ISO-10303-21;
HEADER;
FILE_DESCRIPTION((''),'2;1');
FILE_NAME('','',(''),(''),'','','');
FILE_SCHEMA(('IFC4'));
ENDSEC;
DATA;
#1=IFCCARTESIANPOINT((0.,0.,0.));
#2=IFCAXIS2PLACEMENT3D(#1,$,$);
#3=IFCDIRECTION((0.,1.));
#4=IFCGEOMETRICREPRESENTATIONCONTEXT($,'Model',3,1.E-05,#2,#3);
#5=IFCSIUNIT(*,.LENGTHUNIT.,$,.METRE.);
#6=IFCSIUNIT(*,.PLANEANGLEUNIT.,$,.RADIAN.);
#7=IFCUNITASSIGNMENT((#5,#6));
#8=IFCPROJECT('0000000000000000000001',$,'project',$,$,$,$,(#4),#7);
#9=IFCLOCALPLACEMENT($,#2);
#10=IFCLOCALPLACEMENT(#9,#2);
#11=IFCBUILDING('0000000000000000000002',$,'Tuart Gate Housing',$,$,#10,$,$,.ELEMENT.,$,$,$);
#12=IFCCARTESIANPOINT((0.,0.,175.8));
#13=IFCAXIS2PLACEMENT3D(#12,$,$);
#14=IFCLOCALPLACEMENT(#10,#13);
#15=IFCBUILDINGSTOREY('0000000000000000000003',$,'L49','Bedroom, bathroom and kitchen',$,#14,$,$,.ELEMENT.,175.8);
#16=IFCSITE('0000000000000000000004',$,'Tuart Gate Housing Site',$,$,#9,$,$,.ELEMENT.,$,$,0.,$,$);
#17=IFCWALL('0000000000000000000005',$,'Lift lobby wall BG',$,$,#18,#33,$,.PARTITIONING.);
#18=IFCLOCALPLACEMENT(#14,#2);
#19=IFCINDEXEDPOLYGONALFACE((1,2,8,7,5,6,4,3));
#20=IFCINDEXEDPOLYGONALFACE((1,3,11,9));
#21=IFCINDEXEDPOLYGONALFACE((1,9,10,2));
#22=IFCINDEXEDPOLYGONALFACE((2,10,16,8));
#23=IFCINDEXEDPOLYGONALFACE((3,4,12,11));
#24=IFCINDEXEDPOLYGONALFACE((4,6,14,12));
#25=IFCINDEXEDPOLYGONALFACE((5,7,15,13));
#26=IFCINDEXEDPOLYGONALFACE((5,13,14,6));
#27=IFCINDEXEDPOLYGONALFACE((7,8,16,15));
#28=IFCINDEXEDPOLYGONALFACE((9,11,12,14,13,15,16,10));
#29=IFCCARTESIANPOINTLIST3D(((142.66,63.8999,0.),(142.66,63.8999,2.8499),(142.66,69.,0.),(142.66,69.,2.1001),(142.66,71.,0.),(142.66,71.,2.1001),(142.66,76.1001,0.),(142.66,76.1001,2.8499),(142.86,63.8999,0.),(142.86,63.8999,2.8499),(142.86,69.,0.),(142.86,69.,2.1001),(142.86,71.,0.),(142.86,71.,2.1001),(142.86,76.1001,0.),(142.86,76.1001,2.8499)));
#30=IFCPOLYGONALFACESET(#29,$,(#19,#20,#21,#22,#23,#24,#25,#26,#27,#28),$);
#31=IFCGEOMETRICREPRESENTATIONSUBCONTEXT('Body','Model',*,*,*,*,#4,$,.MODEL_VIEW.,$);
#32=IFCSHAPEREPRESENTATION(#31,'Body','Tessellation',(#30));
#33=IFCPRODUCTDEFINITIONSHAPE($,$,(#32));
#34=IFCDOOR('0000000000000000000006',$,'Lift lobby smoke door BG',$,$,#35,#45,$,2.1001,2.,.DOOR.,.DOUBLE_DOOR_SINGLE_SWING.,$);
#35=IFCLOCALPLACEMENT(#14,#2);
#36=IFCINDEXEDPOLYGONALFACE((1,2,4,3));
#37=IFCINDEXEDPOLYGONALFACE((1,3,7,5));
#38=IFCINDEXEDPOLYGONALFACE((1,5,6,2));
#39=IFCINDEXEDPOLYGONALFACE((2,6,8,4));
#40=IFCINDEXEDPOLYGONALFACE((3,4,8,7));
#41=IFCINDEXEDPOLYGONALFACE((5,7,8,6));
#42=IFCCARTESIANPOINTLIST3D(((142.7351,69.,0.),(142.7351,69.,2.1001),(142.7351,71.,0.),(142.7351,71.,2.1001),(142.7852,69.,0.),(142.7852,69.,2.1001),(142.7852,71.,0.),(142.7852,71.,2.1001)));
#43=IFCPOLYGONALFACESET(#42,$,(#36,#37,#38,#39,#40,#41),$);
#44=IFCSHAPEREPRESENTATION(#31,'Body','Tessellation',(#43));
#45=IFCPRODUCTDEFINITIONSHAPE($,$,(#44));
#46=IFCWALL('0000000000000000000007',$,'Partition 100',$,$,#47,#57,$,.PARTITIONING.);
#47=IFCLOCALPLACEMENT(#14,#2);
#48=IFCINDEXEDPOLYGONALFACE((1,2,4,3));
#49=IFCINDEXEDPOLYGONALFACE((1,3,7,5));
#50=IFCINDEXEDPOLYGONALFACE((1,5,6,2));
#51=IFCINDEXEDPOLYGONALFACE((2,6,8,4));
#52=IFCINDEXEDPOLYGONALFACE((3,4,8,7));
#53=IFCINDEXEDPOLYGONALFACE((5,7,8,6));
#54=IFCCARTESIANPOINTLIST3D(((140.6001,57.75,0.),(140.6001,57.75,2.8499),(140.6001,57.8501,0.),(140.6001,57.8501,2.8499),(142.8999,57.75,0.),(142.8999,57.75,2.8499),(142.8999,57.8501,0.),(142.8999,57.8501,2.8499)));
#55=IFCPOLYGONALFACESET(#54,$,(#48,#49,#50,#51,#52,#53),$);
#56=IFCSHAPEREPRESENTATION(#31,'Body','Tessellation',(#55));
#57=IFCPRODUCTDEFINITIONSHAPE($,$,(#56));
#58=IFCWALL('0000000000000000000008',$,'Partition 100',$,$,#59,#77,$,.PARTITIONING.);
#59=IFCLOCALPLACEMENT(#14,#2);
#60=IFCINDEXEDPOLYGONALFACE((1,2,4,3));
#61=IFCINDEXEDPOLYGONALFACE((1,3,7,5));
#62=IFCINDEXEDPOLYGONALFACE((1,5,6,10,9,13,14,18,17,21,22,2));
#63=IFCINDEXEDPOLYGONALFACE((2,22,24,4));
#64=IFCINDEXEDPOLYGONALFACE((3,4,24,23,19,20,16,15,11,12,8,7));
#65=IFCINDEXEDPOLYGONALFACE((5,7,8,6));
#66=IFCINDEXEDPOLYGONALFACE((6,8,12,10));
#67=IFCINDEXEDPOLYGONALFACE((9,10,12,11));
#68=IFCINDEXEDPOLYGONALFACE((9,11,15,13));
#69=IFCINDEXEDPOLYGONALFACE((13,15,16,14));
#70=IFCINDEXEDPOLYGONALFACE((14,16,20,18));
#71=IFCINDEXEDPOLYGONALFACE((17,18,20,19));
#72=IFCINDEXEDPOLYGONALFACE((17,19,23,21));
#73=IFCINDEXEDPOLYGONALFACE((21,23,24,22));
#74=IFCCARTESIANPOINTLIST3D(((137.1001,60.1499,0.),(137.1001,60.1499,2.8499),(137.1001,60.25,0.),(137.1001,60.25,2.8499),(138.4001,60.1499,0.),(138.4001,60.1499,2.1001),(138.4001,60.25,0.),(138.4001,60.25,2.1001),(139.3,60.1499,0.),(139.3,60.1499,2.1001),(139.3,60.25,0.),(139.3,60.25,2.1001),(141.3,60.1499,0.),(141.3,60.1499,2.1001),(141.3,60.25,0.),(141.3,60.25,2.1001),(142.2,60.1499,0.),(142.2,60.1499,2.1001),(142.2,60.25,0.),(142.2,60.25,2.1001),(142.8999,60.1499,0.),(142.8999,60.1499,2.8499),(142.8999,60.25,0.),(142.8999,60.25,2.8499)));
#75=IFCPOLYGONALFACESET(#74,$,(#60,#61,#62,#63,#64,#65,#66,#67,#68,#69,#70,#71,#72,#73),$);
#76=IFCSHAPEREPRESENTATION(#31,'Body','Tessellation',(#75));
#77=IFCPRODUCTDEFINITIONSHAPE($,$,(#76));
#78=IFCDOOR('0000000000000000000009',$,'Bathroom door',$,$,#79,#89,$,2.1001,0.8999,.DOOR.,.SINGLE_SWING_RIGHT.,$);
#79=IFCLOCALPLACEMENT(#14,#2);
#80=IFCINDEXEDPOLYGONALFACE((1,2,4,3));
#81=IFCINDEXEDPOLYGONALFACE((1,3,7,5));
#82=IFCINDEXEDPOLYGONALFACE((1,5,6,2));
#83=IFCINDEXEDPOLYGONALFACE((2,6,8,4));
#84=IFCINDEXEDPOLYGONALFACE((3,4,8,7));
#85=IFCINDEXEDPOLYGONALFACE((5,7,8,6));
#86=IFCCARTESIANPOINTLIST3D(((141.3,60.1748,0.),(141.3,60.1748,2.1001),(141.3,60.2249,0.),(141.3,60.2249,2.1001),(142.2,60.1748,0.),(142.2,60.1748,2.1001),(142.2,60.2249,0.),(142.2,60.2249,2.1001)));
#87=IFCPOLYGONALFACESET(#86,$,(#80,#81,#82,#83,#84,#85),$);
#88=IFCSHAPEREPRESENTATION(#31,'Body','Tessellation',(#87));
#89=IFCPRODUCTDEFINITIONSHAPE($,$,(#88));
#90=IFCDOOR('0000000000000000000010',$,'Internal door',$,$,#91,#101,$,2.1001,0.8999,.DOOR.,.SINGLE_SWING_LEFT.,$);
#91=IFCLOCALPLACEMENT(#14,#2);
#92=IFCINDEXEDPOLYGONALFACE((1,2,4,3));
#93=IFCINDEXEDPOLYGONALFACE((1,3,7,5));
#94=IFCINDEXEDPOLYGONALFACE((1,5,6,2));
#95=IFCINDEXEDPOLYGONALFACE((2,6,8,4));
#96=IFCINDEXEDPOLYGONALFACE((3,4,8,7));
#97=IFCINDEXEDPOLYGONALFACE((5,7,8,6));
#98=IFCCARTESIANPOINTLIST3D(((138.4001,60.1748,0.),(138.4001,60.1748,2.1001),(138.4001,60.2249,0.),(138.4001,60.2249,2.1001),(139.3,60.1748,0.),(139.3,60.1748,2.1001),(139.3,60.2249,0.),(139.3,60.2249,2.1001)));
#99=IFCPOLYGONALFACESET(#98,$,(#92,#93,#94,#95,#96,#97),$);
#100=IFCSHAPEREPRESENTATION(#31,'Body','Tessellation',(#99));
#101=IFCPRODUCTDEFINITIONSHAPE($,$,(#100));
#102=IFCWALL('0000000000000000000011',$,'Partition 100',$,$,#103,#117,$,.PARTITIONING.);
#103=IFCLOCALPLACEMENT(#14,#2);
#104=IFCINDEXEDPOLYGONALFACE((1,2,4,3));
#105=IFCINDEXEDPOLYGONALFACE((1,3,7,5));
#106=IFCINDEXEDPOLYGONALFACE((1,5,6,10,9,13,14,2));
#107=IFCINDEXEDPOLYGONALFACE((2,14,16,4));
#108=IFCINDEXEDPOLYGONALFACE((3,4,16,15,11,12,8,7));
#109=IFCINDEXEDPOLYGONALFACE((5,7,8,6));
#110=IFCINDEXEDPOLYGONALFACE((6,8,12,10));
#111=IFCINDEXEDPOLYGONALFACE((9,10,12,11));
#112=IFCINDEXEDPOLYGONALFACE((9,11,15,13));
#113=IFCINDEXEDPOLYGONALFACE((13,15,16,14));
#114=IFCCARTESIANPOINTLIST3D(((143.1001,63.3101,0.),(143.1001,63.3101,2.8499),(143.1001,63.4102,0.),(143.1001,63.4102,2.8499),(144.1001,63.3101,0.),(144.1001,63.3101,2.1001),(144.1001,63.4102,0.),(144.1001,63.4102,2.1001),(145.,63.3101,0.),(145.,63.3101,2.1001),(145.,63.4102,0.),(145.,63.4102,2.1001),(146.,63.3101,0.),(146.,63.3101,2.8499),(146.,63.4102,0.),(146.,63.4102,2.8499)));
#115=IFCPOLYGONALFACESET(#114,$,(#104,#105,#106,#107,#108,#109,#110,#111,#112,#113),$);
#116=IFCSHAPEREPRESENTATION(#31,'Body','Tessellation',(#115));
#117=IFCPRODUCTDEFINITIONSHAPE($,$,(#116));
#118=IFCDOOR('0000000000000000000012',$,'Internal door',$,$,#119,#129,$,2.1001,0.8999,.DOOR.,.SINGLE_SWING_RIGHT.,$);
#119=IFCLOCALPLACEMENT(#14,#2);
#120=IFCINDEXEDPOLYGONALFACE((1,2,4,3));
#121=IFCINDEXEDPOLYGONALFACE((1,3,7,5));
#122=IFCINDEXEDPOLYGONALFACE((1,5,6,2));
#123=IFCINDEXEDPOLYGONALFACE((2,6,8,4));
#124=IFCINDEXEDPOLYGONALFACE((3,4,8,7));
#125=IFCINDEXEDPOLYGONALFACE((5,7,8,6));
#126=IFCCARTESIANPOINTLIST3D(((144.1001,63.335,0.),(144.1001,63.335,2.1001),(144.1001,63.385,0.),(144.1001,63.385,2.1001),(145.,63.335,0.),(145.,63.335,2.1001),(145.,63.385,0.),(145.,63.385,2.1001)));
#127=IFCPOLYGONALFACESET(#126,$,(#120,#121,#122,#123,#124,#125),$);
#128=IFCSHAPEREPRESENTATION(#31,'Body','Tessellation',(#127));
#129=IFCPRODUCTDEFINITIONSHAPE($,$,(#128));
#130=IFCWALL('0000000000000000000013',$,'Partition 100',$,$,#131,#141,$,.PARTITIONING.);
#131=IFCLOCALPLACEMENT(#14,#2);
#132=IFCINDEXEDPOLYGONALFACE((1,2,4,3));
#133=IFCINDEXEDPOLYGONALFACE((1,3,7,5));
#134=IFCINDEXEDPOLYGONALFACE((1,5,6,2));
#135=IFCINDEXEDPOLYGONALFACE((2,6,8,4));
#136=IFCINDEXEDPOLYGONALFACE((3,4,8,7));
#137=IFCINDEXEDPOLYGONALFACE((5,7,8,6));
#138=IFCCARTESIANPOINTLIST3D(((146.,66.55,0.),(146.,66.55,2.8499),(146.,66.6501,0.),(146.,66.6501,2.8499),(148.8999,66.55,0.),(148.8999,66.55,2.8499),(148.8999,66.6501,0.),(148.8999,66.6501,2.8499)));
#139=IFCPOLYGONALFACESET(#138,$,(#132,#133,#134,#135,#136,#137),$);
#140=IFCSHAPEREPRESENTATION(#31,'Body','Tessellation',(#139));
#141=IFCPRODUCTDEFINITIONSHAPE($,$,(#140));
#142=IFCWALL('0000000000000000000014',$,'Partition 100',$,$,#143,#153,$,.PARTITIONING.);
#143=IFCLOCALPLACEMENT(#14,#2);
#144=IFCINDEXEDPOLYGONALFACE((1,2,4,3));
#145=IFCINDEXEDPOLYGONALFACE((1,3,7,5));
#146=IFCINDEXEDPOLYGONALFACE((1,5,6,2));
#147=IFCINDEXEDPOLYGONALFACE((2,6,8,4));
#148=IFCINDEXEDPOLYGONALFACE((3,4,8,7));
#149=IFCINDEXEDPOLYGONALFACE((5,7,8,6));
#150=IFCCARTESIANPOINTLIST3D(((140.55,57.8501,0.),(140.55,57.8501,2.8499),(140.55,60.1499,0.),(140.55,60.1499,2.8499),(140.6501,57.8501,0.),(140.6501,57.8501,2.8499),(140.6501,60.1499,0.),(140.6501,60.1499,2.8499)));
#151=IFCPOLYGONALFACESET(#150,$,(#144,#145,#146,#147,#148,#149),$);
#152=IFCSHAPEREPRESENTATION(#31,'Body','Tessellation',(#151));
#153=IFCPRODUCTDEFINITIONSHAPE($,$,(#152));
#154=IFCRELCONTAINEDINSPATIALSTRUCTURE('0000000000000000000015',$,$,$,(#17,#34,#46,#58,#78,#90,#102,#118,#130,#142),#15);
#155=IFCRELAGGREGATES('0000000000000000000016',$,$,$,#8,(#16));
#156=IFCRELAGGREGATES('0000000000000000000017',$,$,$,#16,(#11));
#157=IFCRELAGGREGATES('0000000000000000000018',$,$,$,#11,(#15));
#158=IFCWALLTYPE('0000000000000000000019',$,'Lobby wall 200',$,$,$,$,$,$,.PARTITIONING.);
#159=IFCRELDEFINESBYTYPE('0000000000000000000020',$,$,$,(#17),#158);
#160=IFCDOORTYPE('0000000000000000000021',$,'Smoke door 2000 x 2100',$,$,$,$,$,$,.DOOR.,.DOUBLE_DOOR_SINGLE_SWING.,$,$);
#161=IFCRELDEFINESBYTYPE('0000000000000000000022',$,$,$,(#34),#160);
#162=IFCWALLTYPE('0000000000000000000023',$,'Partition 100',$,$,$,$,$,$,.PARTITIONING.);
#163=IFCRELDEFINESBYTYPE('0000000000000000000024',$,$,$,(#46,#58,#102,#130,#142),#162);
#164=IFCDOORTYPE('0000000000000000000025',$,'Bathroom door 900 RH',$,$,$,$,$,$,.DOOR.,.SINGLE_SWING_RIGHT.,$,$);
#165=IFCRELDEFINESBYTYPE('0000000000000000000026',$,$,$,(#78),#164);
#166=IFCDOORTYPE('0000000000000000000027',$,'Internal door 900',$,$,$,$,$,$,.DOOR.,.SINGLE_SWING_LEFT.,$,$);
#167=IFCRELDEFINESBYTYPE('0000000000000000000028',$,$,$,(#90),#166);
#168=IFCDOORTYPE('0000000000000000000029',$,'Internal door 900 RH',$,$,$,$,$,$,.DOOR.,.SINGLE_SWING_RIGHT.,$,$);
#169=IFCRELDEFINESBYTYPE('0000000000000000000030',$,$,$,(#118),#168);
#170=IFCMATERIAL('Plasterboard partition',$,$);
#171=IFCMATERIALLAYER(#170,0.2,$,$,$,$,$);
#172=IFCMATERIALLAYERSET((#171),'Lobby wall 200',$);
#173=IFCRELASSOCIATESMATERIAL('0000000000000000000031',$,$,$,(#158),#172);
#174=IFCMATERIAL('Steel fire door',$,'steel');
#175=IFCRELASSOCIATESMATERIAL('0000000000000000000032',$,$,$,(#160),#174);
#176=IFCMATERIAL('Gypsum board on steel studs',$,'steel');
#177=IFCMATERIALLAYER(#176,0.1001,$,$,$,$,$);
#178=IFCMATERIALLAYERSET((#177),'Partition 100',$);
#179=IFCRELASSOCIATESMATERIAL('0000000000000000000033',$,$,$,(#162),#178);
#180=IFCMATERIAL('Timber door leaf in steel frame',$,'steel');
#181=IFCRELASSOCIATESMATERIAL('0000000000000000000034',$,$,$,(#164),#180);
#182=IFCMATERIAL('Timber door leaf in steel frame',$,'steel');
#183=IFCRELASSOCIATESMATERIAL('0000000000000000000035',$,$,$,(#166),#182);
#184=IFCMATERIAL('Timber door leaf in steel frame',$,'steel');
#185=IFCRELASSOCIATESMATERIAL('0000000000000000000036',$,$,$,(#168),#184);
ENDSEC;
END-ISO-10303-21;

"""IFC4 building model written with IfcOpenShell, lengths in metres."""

from ifc_helpers import new_model, si_unit, direction, frame, frame_2d, origin, place, context, subcontext, project, spatial, rectangle, extrude, material, layer, layer_set, type_object, element, fill, save


model = new_model("IFC4")

# Units and contexts
model_context = context("Model", 3, precision=1e-05, world=origin(), true_north=direction((0.0, 1.0)))
body_context = subcontext(model_context, "Body", "Model", "MODEL_VIEW")
ifc_project = project(units=[si_unit("LENGTHUNIT", "METRE"), si_unit("PLANEANGLEUNIT", "RADIAN")], contexts=[model_context])

# Site, building, storey
site_placement = place(None, origin())
site = spatial("IfcSite", under=ifc_project, at=site_placement, Name="Tuart Gate Housing Site", CompositionType="ELEMENT", RefElevation=0.0)
building_placement = place(site_placement, origin())
building = spatial("IfcBuilding", under=site, at=building_placement, Name="Tuart Gate Housing", CompositionType="ELEMENT")
storey_placement = place(building_placement, frame((0.0, 0.0, 175.8)))
storey = spatial("IfcBuildingStorey", under=building, at=storey_placement, Name="L49", Description="Bedroom, bathroom and kitchen", CompositionType="ELEMENT", Elevation=175.8)

# Wall, opening, door
ifc_material_1 = material(Name="Plasterboard partition")
ifc_layer_1 = layer(ifc_material_1, 0.2)
ifc_layer_set_1 = layer_set([ifc_layer_1], Name="Lobby wall 200")
wall_type_1 = type_object("IfcWallType", Name="Lobby wall 200", PredefinedType="PARTITIONING", material=ifc_layer_set_1)
wall_1_placement = place(storey_placement, frame((142.76, 63.8999, 0.0), z_axis=(0.0, 0.0, 1.0), x_axis=(0.0, 1.0, 0.0)))
wall_1 = element("IfcWall", 1, at=wall_1_placement, inside=storey, type_object=wall_type_1, Name="Lift lobby wall BG", PredefinedType="PARTITIONING", context=body_context, shape_type="SweptSolid", body=[
    extrude(rectangle(XDim=12.2002, YDim=0.2, at=frame_2d((6.1001, 0.0))), origin(), (0.0, 0.0, 1.0), 2.8499),
])
opening_1_placement = place(wall_1_placement, frame((5.1001, 0.0, 0.0)))
opening_1 = element("IfcOpeningElement", 2, at=opening_1_placement, cuts=wall_1, PredefinedType="OPENING", context=body_context, shape_type="SweptSolid", body=[
    extrude(rectangle(XDim=2.0, YDim=2.1001, at=frame_2d((1.0, 1.05))), frame((0.0, 0.1099, 0.0), z_axis=(0.0, -1.0, 0.0), x_axis=(1.0, 0.0, 0.0)), (0.0, 0.0, 1.0), 0.22),
])
ifc_material_2 = material(Name="Steel fire door", Category="steel")
door_type_1 = type_object("IfcDoorType", Name="Smoke door 2000 x 2100", OperationType="DOUBLE_DOOR_SINGLE_SWING", PredefinedType="DOOR", material=ifc_material_2)
door_1_placement = place(opening_1_placement, origin())
door_1 = element("IfcDoor", 3, at=door_1_placement, inside=storey, type_object=door_type_1, Name="Lift lobby smoke door BG", OperationType="DOUBLE_DOOR_SINGLE_SWING", OverallHeight=2.1001, OverallWidth=2.0, PredefinedType="DOOR", context=body_context, shape_type="SweptSolid", body=[
    extrude(rectangle(XDim=2.0, YDim=2.1001, at=frame_2d((1.0, 1.05))), frame((0.0, 0.0249, 0.0), z_axis=(0.0, -1.0, 0.0), x_axis=(1.0, 0.0, 0.0)), (0.0, 0.0, 1.0), 0.05),
])
fill(opening_1, door_1)

# Wall
ifc_material_3 = material(Name="Gypsum board on steel studs", Category="steel")
ifc_layer_2 = layer(ifc_material_3, 0.1001)
ifc_layer_set_2 = layer_set([ifc_layer_2], Name="Partition 100")
wall_type_2 = type_object("IfcWallType", Name="Partition 100", PredefinedType="PARTITIONING", material=ifc_layer_set_2)
wall_2_placement = place(storey_placement, frame((140.6001, 57.8, 0.0), z_axis=(0.0, 0.0, 1.0), x_axis=(1.0, 0.0, 0.0)))
element("IfcWall", 4, at=wall_2_placement, inside=storey, type_object=wall_type_2, Name="Partition 100", PredefinedType="PARTITIONING", context=body_context, shape_type="SweptSolid", body=[
    extrude(rectangle(XDim=2.2998, YDim=0.1001, at=frame_2d((1.1499, 0.0))), origin(), (0.0, 0.0, 1.0), 2.8499),
])

# Wall, openings, doors
wall_3_placement = place(storey_placement, frame((137.1001, 60.2, 0.0), z_axis=(0.0, 0.0, 1.0), x_axis=(1.0, 0.0, 0.0)))
wall_3 = element("IfcWall", 5, at=wall_3_placement, inside=storey, type_object=wall_type_2, Name="Partition 100", PredefinedType="PARTITIONING", context=body_context, shape_type="SweptSolid", body=[
    extrude(rectangle(XDim=5.7998, YDim=0.1001, at=frame_2d((2.8999, 0.0))), origin(), (0.0, 0.0, 1.0), 2.8499),
])
opening_2_placement = place(wall_3_placement, frame((1.3, 0.0, 0.0)))
opening_2 = element("IfcOpeningElement", 6, at=opening_2_placement, cuts=wall_3, PredefinedType="OPENING", context=body_context, shape_type="SweptSolid", body=[
    extrude(rectangle(XDim=0.8999, YDim=2.1001, at=frame_2d((0.45, 1.05))), frame((0.0, 0.0601, 0.0), z_axis=(0.0, -1.0, 0.0), x_axis=(1.0, 0.0, 0.0)), (0.0, 0.0, 1.0), 0.1201),
])
opening_3_placement = place(wall_3_placement, frame((4.2, 0.0, 0.0)))
opening_3 = element("IfcOpeningElement", 7, at=opening_3_placement, cuts=wall_3, PredefinedType="OPENING", context=body_context, shape_type="SweptSolid", body=[
    extrude(rectangle(XDim=0.8999, YDim=2.1001, at=frame_2d((0.45, 1.05))), frame((0.0, 0.0601, 0.0), z_axis=(0.0, -1.0, 0.0), x_axis=(1.0, 0.0, 0.0)), (0.0, 0.0, 1.0), 0.1201),
])
ifc_material_4 = material(Name="Timber door leaf in steel frame", Category="steel")
door_type_2 = type_object("IfcDoorType", Name="Bathroom door 900 RH", OperationType="SINGLE_SWING_RIGHT", PredefinedType="DOOR", material=ifc_material_4)
door_2_placement = place(opening_3_placement, frame((0.8999, 0.0, 0.0), z_axis=(0.0, 0.0, 1.0), x_axis=(-1.0, 0.0, 0.0)))
door_2 = element("IfcDoor", 8, at=door_2_placement, inside=storey, type_object=door_type_2, Name="Bathroom door", OperationType="SINGLE_SWING_RIGHT", OverallHeight=2.1001, OverallWidth=0.8999, PredefinedType="DOOR", context=body_context, shape_type="SweptSolid", body=[
    extrude(rectangle(XDim=0.8999, YDim=2.1001, at=frame_2d((0.45, 1.05))), frame((0.0, 0.0251, 0.0), z_axis=(0.0, -1.0, 0.0), x_axis=(1.0, 0.0, 0.0)), (0.0, 0.0, 1.0), 0.05),
])
fill(opening_3, door_2)
ifc_material_5 = material(Name="Timber door leaf in steel frame", Category="steel")
door_type_3 = type_object("IfcDoorType", Name="Internal door 900", OperationType="SINGLE_SWING_LEFT", PredefinedType="DOOR", material=ifc_material_5)
door_3_placement = place(opening_2_placement, origin())
door_3 = element("IfcDoor", 9, at=door_3_placement, inside=storey, type_object=door_type_3, Name="Internal door", OperationType="SINGLE_SWING_LEFT", OverallHeight=2.1001, OverallWidth=0.8999, PredefinedType="DOOR", context=body_context, shape_type="SweptSolid", body=[
    extrude(rectangle(XDim=0.8999, YDim=2.1001, at=frame_2d((0.45, 1.05))), frame((0.0, 0.0249, 0.0), z_axis=(0.0, -1.0, 0.0), x_axis=(1.0, 0.0, 0.0)), (0.0, 0.0, 1.0), 0.05),
])
fill(opening_2, door_3)

# Wall, opening, door
wall_4_placement = place(storey_placement, frame((143.1001, 63.3601, 0.0), z_axis=(0.0, 0.0, 1.0), x_axis=(1.0, 0.0, 0.0)))
wall_4 = element("IfcWall", 10, at=wall_4_placement, inside=storey, type_object=wall_type_2, Name="Partition 100", PredefinedType="PARTITIONING", context=body_context, shape_type="SweptSolid", body=[
    extrude(rectangle(XDim=2.8999, YDim=0.1001, at=frame_2d((1.45, 0.0))), origin(), (0.0, 0.0, 1.0), 2.8499),
])
opening_4_placement = place(wall_4_placement, frame((1.0, 0.0, 0.0)))
opening_4 = element("IfcOpeningElement", 11, at=opening_4_placement, cuts=wall_4, PredefinedType="OPENING", context=body_context, shape_type="SweptSolid", body=[
    extrude(rectangle(XDim=0.8999, YDim=2.1001, at=frame_2d((0.45, 1.05))), frame((0.0, 0.0601, 0.0), z_axis=(0.0, -1.0, 0.0), x_axis=(1.0, 0.0, 0.0)), (0.0, 0.0, 1.0), 0.1201),
])
ifc_material_6 = material(Name="Timber door leaf in steel frame", Category="steel")
door_type_4 = type_object("IfcDoorType", Name="Internal door 900 RH", OperationType="SINGLE_SWING_RIGHT", PredefinedType="DOOR", material=ifc_material_6)
door_4_placement = place(opening_4_placement, origin())
door_4 = element("IfcDoor", 12, at=door_4_placement, inside=storey, type_object=door_type_4, Name="Internal door", OperationType="SINGLE_SWING_RIGHT", OverallHeight=2.1001, OverallWidth=0.8999, PredefinedType="DOOR", context=body_context, shape_type="SweptSolid", body=[
    extrude(rectangle(XDim=0.8999, YDim=2.1001, at=frame_2d((0.45, 1.05))), frame((0.0, 0.0249, 0.0), z_axis=(0.0, -1.0, 0.0), x_axis=(1.0, 0.0, 0.0)), (0.0, 0.0, 1.0), 0.05),
])
fill(opening_4, door_4)

# Walls
wall_5_placement = place(storey_placement, frame((146.0, 66.6001, 0.0), z_axis=(0.0, 0.0, 1.0), x_axis=(1.0, 0.0, 0.0)))
element("IfcWall", 13, at=wall_5_placement, inside=storey, type_object=wall_type_2, Name="Partition 100", PredefinedType="PARTITIONING", context=body_context, shape_type="SweptSolid", body=[
    extrude(rectangle(XDim=2.8999, YDim=0.1001, at=frame_2d((1.45, 0.0))), origin(), (0.0, 0.0, 1.0), 2.8499),
])
wall_6_placement = place(storey_placement, frame((140.6001, 57.8501, 0.0), z_axis=(0.0, 0.0, 1.0), x_axis=(0.0, 1.0, 0.0)))
element("IfcWall", 14, at=wall_6_placement, inside=storey, type_object=wall_type_2, Name="Partition 100", PredefinedType="PARTITIONING", context=body_context, shape_type="SweptSolid", body=[
    extrude(rectangle(XDim=2.2998, YDim=0.1001, at=frame_2d((1.1499, 0.0))), origin(), (0.0, 0.0, 1.0), 2.8499),
])

save(model, "model.ifc")
